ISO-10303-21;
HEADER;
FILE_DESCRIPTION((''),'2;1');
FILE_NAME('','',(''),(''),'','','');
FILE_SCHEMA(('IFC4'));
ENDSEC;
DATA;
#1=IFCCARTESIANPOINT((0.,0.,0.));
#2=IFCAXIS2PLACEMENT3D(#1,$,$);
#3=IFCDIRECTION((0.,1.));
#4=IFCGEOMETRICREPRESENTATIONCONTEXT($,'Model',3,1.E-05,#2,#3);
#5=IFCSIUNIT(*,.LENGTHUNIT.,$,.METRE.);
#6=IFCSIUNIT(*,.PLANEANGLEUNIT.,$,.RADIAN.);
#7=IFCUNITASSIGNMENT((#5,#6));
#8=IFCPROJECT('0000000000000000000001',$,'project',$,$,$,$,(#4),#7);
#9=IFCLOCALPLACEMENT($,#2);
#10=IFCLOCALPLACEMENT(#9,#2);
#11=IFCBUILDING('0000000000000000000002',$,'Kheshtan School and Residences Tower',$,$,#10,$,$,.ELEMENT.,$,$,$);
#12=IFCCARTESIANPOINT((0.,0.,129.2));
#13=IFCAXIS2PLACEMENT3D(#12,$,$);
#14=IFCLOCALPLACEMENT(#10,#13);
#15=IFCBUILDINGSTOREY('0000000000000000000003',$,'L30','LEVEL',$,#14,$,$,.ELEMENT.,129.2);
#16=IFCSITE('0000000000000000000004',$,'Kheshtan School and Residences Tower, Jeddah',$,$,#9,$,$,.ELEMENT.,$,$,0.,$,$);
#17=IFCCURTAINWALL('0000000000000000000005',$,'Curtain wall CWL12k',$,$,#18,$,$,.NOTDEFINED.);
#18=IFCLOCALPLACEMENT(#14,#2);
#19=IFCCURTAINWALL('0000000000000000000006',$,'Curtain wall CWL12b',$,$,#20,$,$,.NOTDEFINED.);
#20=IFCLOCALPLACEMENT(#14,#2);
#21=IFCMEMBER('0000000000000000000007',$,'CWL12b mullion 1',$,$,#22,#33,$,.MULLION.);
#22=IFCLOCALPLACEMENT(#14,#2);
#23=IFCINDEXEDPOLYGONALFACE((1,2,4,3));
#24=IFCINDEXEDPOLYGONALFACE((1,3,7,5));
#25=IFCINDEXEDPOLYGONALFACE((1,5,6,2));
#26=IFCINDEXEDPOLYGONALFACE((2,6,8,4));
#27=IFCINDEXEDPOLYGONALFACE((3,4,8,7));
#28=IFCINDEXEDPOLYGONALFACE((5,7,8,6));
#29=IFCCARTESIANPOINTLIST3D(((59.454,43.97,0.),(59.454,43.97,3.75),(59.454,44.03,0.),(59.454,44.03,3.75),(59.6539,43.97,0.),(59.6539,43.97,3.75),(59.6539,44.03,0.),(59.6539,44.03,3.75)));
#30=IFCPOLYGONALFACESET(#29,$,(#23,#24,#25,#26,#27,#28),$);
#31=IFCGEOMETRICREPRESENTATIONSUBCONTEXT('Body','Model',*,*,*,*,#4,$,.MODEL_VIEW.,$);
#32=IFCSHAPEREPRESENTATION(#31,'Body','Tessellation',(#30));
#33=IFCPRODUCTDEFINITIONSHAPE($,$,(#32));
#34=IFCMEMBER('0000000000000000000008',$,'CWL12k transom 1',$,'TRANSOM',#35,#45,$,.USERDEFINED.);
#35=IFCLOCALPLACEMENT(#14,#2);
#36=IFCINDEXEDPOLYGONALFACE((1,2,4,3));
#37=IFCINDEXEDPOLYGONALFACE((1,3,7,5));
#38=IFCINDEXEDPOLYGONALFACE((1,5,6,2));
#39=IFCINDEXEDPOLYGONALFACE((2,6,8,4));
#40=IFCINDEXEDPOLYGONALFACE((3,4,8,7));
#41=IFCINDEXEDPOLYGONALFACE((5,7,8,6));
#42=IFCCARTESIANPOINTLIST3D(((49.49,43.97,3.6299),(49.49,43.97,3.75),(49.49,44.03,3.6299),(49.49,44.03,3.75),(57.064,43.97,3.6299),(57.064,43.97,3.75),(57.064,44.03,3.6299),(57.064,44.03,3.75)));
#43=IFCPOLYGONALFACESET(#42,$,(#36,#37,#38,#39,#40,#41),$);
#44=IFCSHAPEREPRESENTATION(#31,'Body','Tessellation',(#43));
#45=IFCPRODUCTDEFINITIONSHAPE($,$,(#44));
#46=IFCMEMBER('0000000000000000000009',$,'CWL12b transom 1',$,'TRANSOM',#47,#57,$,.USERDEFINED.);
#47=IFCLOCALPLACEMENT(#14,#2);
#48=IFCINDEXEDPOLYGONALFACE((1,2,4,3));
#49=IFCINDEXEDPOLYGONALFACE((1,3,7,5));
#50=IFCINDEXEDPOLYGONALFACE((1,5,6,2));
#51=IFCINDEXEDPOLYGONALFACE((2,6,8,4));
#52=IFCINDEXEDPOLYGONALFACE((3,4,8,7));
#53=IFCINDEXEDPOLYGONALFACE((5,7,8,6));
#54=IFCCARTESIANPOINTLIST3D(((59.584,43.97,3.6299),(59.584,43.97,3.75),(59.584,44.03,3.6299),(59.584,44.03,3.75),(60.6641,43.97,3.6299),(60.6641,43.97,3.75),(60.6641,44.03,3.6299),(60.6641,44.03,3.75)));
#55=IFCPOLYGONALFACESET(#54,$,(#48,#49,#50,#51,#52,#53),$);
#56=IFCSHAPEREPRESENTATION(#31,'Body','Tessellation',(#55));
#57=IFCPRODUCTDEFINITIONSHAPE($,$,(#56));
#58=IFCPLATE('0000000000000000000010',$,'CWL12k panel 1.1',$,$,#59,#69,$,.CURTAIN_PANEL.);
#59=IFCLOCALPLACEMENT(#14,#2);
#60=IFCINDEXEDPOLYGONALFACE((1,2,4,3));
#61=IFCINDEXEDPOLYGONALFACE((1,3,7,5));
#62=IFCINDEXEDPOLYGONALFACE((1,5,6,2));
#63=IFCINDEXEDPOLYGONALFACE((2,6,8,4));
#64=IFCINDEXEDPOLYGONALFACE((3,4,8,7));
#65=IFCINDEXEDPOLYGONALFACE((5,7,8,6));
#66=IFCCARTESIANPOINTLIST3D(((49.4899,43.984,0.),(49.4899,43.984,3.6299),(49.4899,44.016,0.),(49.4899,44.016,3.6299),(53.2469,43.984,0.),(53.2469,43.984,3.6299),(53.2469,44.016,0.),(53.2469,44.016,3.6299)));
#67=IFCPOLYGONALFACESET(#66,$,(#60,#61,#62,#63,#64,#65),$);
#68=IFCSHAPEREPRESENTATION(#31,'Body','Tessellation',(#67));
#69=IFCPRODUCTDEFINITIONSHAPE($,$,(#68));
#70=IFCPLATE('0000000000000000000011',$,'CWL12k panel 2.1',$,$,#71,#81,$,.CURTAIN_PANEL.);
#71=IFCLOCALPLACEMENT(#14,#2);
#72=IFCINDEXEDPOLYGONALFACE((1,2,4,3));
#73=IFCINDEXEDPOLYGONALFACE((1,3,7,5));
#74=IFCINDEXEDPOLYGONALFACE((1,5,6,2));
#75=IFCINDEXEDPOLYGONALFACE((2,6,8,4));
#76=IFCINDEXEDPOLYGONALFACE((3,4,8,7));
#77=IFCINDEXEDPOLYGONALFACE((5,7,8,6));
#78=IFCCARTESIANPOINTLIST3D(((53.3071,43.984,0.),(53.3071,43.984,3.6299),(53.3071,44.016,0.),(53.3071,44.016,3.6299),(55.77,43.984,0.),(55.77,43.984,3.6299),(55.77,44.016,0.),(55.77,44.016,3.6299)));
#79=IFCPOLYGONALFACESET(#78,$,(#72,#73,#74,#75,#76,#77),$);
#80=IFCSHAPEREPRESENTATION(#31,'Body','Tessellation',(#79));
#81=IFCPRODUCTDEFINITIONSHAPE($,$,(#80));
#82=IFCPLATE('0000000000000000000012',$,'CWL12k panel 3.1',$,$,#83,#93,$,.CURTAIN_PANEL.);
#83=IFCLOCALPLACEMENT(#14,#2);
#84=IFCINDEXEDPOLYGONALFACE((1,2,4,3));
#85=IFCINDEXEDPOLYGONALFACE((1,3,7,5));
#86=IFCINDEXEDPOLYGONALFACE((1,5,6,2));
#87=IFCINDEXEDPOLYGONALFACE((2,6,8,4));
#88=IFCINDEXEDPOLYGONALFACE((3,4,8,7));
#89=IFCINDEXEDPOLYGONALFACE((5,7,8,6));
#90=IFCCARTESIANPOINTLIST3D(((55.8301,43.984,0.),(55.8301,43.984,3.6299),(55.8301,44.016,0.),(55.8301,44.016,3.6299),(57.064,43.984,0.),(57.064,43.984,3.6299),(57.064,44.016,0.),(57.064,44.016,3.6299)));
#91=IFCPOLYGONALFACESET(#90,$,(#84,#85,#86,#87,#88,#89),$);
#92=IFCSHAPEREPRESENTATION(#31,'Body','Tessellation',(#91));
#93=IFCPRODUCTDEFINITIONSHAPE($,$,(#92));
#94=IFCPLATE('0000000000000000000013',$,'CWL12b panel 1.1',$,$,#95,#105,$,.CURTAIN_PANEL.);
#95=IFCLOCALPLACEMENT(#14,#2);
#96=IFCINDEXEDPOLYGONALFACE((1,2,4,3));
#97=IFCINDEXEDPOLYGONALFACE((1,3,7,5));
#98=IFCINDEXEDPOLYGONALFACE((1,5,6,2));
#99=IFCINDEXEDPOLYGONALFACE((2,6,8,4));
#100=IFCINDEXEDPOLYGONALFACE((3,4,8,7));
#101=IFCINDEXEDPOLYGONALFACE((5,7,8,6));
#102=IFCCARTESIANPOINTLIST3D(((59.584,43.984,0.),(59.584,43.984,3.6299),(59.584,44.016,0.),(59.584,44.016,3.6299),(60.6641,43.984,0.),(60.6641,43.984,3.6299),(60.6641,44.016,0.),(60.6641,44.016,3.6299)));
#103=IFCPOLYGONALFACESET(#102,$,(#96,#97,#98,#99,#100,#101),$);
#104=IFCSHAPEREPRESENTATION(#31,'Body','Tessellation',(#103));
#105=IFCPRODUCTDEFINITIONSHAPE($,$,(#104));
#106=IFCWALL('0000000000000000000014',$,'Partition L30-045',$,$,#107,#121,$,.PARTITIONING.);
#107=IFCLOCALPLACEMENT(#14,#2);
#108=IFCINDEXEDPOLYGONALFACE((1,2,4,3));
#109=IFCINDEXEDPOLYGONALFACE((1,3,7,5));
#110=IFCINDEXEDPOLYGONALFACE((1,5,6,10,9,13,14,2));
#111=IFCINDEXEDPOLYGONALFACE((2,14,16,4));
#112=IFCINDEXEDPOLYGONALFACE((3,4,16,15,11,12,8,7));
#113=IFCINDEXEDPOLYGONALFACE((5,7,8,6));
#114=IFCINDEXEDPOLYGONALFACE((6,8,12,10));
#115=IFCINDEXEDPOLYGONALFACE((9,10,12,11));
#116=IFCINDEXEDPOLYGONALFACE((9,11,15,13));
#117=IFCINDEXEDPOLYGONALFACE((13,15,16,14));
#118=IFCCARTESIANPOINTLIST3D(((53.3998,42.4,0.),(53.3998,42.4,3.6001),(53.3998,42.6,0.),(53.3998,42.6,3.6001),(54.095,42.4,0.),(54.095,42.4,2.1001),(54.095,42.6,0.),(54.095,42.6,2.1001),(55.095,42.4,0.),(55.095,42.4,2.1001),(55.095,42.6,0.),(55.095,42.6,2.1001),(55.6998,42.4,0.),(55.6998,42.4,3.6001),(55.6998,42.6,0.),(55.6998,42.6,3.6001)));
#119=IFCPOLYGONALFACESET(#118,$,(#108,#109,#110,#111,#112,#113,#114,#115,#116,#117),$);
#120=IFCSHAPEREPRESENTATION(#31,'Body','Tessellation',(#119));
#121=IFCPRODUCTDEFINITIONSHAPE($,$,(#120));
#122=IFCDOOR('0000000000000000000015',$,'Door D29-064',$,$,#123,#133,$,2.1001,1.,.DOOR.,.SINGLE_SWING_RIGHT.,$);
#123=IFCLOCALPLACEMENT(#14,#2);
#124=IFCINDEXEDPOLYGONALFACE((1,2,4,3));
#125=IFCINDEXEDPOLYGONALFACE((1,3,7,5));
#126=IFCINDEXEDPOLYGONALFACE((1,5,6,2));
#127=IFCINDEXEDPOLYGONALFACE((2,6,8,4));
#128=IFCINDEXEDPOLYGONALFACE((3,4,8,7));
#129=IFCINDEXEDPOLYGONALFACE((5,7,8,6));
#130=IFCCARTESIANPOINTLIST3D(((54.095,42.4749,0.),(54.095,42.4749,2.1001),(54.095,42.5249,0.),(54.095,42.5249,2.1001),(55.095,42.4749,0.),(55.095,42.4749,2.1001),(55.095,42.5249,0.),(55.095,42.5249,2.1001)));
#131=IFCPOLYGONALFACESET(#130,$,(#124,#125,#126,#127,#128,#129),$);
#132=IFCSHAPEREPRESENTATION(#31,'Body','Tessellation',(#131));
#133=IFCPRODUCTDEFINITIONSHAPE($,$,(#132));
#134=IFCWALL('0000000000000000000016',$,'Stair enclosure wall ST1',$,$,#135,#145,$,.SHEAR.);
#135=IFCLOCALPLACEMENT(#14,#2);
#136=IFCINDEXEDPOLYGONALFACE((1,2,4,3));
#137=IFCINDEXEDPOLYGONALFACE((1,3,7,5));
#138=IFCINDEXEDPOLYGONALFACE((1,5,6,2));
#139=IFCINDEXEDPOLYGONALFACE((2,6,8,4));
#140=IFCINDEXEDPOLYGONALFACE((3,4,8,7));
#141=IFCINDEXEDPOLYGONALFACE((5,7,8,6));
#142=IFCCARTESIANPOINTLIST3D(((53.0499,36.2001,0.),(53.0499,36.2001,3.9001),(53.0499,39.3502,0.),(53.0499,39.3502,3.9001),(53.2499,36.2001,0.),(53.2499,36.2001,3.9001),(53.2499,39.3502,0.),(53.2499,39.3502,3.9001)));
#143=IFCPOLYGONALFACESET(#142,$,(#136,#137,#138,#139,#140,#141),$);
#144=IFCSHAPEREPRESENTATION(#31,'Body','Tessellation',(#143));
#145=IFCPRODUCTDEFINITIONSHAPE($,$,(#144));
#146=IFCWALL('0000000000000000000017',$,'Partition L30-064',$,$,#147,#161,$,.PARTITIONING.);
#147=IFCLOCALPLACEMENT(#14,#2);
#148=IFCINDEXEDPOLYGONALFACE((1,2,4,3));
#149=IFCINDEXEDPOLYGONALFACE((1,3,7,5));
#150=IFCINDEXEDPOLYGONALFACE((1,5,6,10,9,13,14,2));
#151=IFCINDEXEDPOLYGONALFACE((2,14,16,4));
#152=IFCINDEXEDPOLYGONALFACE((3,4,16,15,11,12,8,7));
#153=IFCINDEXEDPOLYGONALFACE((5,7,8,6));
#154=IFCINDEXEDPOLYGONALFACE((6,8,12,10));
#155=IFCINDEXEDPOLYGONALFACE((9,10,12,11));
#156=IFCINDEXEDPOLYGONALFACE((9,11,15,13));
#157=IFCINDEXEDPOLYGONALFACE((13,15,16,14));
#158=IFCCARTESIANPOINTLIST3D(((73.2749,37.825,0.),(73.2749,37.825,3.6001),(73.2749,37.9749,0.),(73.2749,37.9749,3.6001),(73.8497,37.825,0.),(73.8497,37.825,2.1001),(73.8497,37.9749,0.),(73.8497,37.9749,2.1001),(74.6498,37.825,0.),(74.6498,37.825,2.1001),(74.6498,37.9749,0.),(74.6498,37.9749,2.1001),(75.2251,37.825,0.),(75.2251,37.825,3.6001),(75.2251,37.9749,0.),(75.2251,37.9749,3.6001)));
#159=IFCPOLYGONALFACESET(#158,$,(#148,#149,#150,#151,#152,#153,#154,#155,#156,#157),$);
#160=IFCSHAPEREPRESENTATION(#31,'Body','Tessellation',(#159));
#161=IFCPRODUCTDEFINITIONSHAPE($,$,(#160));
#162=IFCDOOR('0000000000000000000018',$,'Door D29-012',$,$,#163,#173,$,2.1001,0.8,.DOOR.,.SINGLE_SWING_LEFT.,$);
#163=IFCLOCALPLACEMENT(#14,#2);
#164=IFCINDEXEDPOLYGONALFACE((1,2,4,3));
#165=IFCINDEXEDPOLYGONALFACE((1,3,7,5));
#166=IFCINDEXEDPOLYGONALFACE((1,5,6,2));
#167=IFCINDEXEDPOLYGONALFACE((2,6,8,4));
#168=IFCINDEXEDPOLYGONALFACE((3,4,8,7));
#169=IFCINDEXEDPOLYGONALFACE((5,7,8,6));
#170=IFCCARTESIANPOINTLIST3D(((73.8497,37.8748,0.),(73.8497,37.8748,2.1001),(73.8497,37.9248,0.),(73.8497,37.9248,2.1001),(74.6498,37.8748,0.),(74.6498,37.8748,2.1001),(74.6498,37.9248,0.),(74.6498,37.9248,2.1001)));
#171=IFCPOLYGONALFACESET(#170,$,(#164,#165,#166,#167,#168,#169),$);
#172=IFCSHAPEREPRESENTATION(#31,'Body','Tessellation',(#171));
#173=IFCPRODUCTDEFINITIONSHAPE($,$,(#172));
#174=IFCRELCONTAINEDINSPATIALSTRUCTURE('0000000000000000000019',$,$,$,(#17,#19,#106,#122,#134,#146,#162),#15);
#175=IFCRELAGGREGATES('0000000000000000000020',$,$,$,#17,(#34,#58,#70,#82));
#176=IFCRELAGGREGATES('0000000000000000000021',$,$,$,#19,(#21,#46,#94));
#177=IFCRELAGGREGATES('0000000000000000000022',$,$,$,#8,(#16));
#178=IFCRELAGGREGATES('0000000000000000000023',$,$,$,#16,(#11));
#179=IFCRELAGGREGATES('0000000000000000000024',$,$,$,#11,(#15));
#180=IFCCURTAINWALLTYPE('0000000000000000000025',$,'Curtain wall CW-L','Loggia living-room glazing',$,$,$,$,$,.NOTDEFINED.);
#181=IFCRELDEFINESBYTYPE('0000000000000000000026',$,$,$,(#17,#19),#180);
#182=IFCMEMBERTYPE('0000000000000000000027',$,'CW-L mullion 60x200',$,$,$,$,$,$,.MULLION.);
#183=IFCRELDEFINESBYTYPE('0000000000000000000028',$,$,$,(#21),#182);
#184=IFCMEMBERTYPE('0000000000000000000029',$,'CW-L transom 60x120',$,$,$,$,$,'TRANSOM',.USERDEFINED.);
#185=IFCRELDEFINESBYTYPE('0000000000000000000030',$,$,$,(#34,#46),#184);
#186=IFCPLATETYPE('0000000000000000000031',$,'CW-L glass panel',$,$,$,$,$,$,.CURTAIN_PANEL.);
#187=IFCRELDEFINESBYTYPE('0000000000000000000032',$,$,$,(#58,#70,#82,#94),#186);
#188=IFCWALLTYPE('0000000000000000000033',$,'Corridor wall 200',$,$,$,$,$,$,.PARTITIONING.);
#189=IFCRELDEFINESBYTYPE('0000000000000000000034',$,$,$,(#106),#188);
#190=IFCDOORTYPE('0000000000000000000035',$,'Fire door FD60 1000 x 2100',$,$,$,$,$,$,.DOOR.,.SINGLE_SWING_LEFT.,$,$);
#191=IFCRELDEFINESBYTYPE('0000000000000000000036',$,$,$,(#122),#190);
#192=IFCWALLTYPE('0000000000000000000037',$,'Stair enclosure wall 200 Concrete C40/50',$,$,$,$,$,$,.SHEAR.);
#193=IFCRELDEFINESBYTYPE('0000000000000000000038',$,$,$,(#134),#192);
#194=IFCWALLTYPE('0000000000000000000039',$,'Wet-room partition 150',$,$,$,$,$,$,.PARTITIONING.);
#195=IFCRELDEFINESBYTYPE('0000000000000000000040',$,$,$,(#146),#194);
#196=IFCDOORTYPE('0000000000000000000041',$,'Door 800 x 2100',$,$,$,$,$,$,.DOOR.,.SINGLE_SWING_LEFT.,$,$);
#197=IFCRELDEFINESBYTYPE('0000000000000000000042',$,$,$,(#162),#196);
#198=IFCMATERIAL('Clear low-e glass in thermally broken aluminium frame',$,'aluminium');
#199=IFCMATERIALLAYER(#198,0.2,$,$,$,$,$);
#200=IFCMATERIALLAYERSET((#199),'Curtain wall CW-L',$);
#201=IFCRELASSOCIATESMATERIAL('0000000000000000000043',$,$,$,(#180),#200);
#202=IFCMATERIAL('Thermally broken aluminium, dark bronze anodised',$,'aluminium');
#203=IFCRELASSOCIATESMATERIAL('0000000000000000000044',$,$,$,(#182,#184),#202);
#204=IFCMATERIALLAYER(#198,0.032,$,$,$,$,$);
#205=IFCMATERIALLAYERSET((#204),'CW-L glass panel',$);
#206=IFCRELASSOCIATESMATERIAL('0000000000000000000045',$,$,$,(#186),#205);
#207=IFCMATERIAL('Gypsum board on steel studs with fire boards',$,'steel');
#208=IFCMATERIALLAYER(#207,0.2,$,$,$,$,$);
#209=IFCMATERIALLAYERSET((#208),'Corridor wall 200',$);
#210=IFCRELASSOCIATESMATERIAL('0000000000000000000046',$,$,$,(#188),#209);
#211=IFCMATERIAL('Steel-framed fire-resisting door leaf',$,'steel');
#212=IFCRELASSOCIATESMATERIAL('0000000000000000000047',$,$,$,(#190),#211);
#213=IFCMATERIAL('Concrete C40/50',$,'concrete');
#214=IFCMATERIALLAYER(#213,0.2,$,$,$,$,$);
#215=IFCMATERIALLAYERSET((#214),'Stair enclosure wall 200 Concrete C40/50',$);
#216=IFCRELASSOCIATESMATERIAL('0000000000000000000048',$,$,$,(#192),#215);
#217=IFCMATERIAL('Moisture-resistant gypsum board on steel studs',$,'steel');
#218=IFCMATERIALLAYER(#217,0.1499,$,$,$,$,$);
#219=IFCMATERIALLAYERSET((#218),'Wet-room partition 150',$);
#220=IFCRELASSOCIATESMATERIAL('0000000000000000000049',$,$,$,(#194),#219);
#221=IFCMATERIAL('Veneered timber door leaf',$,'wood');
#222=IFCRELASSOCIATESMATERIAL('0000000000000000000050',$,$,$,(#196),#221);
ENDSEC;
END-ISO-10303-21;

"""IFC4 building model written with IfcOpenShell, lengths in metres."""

from ifc_helpers import new_model, si_unit, direction, frame, frame_2d, origin, origin_2d, place, context, subcontext, project, spatial, rectangle, extrude, source, transform, mapped, material, layer, layer_set, material_profile, profile_set, type_object, element, fill, aggregate, save


model = new_model("IFC4")

# Units and contexts
model_context = context("Model", 3, precision=1e-05, world=origin(), true_north=direction((0.0, 1.0)))
body_context = subcontext(model_context, "Body", "Model", "MODEL_VIEW")
ifc_project = project(units=[si_unit("LENGTHUNIT", "METRE"), si_unit("PLANEANGLEUNIT", "RADIAN")], contexts=[model_context])

# Site, building, storey
site_placement = place(None, origin())
site = spatial("IfcSite", under=ifc_project, at=site_placement, Name="Kheshtan School and Residences Tower, Jeddah", CompositionType="ELEMENT", RefElevation=0.0)
building_placement = place(site_placement, origin())
building = spatial("IfcBuilding", under=site, at=building_placement, Name="Kheshtan School and Residences Tower", CompositionType="ELEMENT")
storey_placement = place(building_placement, frame((0.0, 0.0, 129.2)))
storey = spatial("IfcBuildingStorey", under=building, at=storey_placement, Name="L30", Description="LEVEL", CompositionType="ELEMENT", Elevation=129.2)

# Curtain wall
ifc_material_1 = material(Name="Clear low-e glass in thermally broken aluminium frame", Category="aluminium")
ifc_layer_1 = layer(ifc_material_1, 0.2)
ifc_layer_set_1 = layer_set([ifc_layer_1], Name="Curtain wall CW-L")
curtain_wall_type = type_object("IfcCurtainWallType", Name="Curtain wall CW-L", Description="Loggia living-room glazing", PredefinedType="NOTDEFINED", material=ifc_layer_set_1)
curtain_wall_1_placement = place(storey_placement, origin())
curtain_wall_1 = element("IfcCurtainWall", 1, at=curtain_wall_1_placement, inside=storey, type_object=curtain_wall_type, Name="Curtain wall CWL12k", PredefinedType="NOTDEFINED")
ifc_material_2 = material(Name="Thermally broken aluminium, dark bronze anodised", Category="aluminium")
ifc_material_profile_1 = material_profile(ifc_material_2, rectangle(XDim=0.0601, YDim=0.2, at=origin_2d()), Name="CW-L mullion 60x200")
ifc_profile_set_1 = profile_set([ifc_material_profile_1], Name="Thermally broken aluminium, dark bronze anodised")
member_type_1 = type_object("IfcMemberType", Name="CW-L mullion 60x200", PredefinedType="MULLION", material=ifc_profile_set_1)

# Curtain wall, member
curtain_wall_2_placement = place(storey_placement, origin())
curtain_wall_2 = element("IfcCurtainWall", 2, at=curtain_wall_2_placement, inside=storey, type_object=curtain_wall_type, Name="Curtain wall CWL12b", PredefinedType="NOTDEFINED")
member_1_placement = place(storey_placement, frame((59.554, 44.0, 0.0), z_axis=(0.0, 0.0, 1.0), x_axis=(0.0, 1.0, 0.0)))
member_1 = element("IfcMember", 3, at=member_1_placement, type_object=member_type_1, Name="CWL12b mullion 1", PredefinedType="MULLION", context=body_context, shape_type="SweptSolid", body=[
    extrude(rectangle(XDim=0.0601, YDim=0.2, at=origin_2d()), origin(), (0.0, 0.0, 1.0), 3.75),
])

# Members
ifc_material_profile_2 = material_profile(ifc_material_2, rectangle(XDim=0.0601, YDim=0.1201, at=origin_2d()), Name="CW-L transom 60x120")
ifc_profile_set_2 = profile_set([ifc_material_profile_2], Name="Thermally broken aluminium, dark bronze anodised")
member_type_2 = type_object("IfcMemberType", Name="CW-L transom 60x120", ElementType="TRANSOM", PredefinedType="USERDEFINED", material=ifc_profile_set_2)
member_2_placement = place(storey_placement, frame((49.49, 44.0, 3.6899), z_axis=(1.0, 0.0, 0.0), x_axis=(0.0, 1.0, 0.0)))
member_2 = element("IfcMember", 4, at=member_2_placement, type_object=member_type_2, Name="CWL12k transom 1", ObjectType="TRANSOM", PredefinedType="USERDEFINED", context=body_context, shape_type="SweptSolid", body=[
    extrude(rectangle(XDim=0.0601, YDim=0.1201, at=origin_2d()), origin(), (0.0, 0.0, 1.0), 7.574),
])
member_3_placement = place(storey_placement, frame((59.584, 44.0, 3.6899), z_axis=(1.0, 0.0, 0.0), x_axis=(0.0, 1.0, 0.0)))
member_3 = element("IfcMember", 5, at=member_3_placement, type_object=member_type_2, Name="CWL12b transom 1", ObjectType="TRANSOM", PredefinedType="USERDEFINED", context=body_context, shape_type="SweptSolid", body=[
    extrude(rectangle(XDim=0.0601, YDim=0.1201, at=origin_2d()), origin(), (0.0, 0.0, 1.0), 1.0801),
])

# Plates
ifc_layer_2 = layer(ifc_material_1, 0.032)
ifc_layer_set_2 = layer_set([ifc_layer_2], Name="CW-L glass panel")
plate_type = type_object("IfcPlateType", Name="CW-L glass panel", PredefinedType="CURTAIN_PANEL", material=ifc_layer_set_2)
plate_1_placement = place(storey_placement, frame((51.3684, 44.0, 0.0), z_axis=(0.0, 0.0, 1.0), x_axis=(1.0, 0.0, 0.0)))
plate_1 = element("IfcPlate", 6, at=plate_1_placement, type_object=plate_type, Name="CWL12k panel 1.1", PredefinedType="CURTAIN_PANEL", context=body_context, shape_type="SweptSolid", body=[
    extrude(rectangle(XDim=3.7571, YDim=0.032, at=origin_2d()), origin(), (0.0, 0.0, 1.0), 3.6299),
])
plate_2_placement = place(storey_placement, frame((54.5386, 44.0, 0.0), z_axis=(0.0, 0.0, 1.0), x_axis=(1.0, 0.0, 0.0)))
plate_2 = element("IfcPlate", 7, at=plate_2_placement, type_object=plate_type, Name="CWL12k panel 2.1", PredefinedType="CURTAIN_PANEL", context=body_context, shape_type="SweptSolid", body=[
    extrude(rectangle(XDim=2.4629, YDim=0.032, at=origin_2d()), origin(), (0.0, 0.0, 1.0), 3.6299),
])
plate_3_placement = place(storey_placement, frame((56.447, 44.0, 0.0), z_axis=(0.0, 0.0, 1.0), x_axis=(1.0, 0.0, 0.0)))
plate_3 = element("IfcPlate", 8, at=plate_3_placement, type_object=plate_type, Name="CWL12k panel 3.1", PredefinedType="CURTAIN_PANEL", context=body_context, shape_type="SweptSolid", body=[
    extrude(rectangle(XDim=1.2339, YDim=0.032, at=origin_2d()), origin(), (0.0, 0.0, 1.0), 3.6299),
])
aggregate(curtain_wall_1, [member_2, plate_1, plate_2, plate_3])
plate_4_placement = place(storey_placement, frame((60.124, 44.0, 0.0), z_axis=(0.0, 0.0, 1.0), x_axis=(1.0, 0.0, 0.0)))
plate_4 = element("IfcPlate", 9, at=plate_4_placement, type_object=plate_type, Name="CWL12b panel 1.1", PredefinedType="CURTAIN_PANEL", context=body_context, shape_type="SweptSolid", body=[
    extrude(rectangle(XDim=1.0801, YDim=0.032, at=origin_2d()), origin(), (0.0, 0.0, 1.0), 3.6299),
])
aggregate(curtain_wall_2, [member_1, member_3, plate_4])

# Wall, opening, door
ifc_material_3 = material(Name="Gypsum board on steel studs with fire boards", Category="steel")
ifc_layer_3 = layer(ifc_material_3, 0.2)
ifc_layer_set_3 = layer_set([ifc_layer_3], Name="Corridor wall 200")
wall_type_1 = type_object("IfcWallType", Name="Corridor wall 200", PredefinedType="PARTITIONING", material=ifc_layer_set_3)
wall_1_placement = place(storey_placement, frame((53.3999, 42.5, 0.0), z_axis=(0.0, 0.0, 1.0), x_axis=(1.0, 0.0, 0.0)))
wall_1 = element("IfcWall", 10, at=wall_1_placement, inside=storey, type_object=wall_type_1, Name="Partition L30-045", PredefinedType="PARTITIONING", context=body_context, shape_type="SweptSolid", body=[
    extrude(rectangle(XDim=2.3, YDim=0.2, at=frame_2d((1.1499, 0.0))), origin(), (0.0, 0.0, 1.0), 3.6001),
])
opening_1_placement = place(wall_1_placement, frame((0.6951, 0.0, 0.0)))
opening_1 = element("IfcOpeningElement", 11, at=opening_1_placement, cuts=wall_1, PredefinedType="OPENING", context=body_context, shape_type="SweptSolid", body=[
    extrude(rectangle(XDim=1.0, YDim=2.1001, at=frame_2d((0.5, 1.05))), frame((0.0, 0.1099, 0.0), z_axis=(0.0, -1.0, 0.0), x_axis=(1.0, 0.0, 0.0)), (0.0, 0.0, 1.0), 0.22),
])
ifc_material_4 = material(Name="Steel-framed fire-resisting door leaf", Category="steel")
door_type_1 = type_object("IfcDoorType", Name="Fire door FD60 1000 x 2100", OperationType="SINGLE_SWING_LEFT", PredefinedType="DOOR", material=ifc_material_4)
shared_shape_1 = source(origin(), body_context, "Body", "SweptSolid", [
    extrude(rectangle(XDim=1.0, YDim=2.1001, at=frame_2d((0.5, 1.05))), frame((0.0, 0.0249, 0.0), z_axis=(0.0, -1.0, 0.0), x_axis=(1.0, 0.0, 0.0)), (0.0, 0.0, 1.0), 0.05),
])
door_1_placement = place(opening_1_placement, origin())
door_1 = element("IfcDoor", 12, at=door_1_placement, inside=storey, type_object=door_type_1, Name="Door D29-064", OperationType="SINGLE_SWING_RIGHT", OverallHeight=2.1001, OverallWidth=1.0, PredefinedType="DOOR", context=body_context, shape_type="MappedRepresentation", body=[
    mapped(shared_shape_1, transform((0.0, 0.0, 0.0), x_axis=(1.0, 0.0, 0.0), y_axis=(0.0, 1.0, 0.0), z_axis=(0.0, 0.0, 1.0), scale=1.0)),
])
fill(opening_1, door_1)

# Wall
ifc_material_5 = material(Name="Concrete C40/50", Category="concrete")
ifc_layer_4 = layer(ifc_material_5, 0.2)
ifc_layer_set_4 = layer_set([ifc_layer_4], Name="Stair enclosure wall 200 Concrete C40/50")
wall_type_2 = type_object("IfcWallType", Name="Stair enclosure wall 200 Concrete C40/50", PredefinedType="SHEAR", material=ifc_layer_set_4)
wall_2_placement = place(storey_placement, frame((53.1499, 36.2, 0.0), z_axis=(0.0, 0.0, 1.0), x_axis=(0.0, 1.0, 0.0)))
element("IfcWall", 13, at=wall_2_placement, inside=storey, type_object=wall_type_2, Name="Stair enclosure wall ST1", PredefinedType="SHEAR", context=body_context, shape_type="SweptSolid", body=[
    extrude(rectangle(XDim=3.1501, YDim=0.2, at=frame_2d((1.5752, 0.0))), origin(), (0.0, 0.0, 1.0), 3.9001),
])

# Wall, opening, door
ifc_material_6 = material(Name="Moisture-resistant gypsum board on steel studs", Category="steel")
ifc_layer_5 = layer(ifc_material_6, 0.1499)
ifc_layer_set_5 = layer_set([ifc_layer_5], Name="Wet-room partition 150")
wall_type_3 = type_object("IfcWallType", Name="Wet-room partition 150", PredefinedType="PARTITIONING", material=ifc_layer_set_5)
wall_3_placement = place(storey_placement, frame((73.2749, 37.8999, 0.0), z_axis=(0.0, 0.0, 1.0), x_axis=(1.0, 0.0, 0.0)))
wall_3 = element("IfcWall", 14, at=wall_3_placement, inside=storey, type_object=wall_type_3, Name="Partition L30-064", PredefinedType="PARTITIONING", context=body_context, shape_type="SweptSolid", body=[
    extrude(rectangle(XDim=1.9502, YDim=0.1499, at=frame_2d((0.9751, 0.0))), origin(), (0.0, 0.0, 1.0), 3.6001),
])
opening_2_placement = place(wall_3_placement, frame((0.575, 0.0, 0.0)))
opening_2 = element("IfcOpeningElement", 15, at=opening_2_placement, cuts=wall_3, PredefinedType="OPENING", context=body_context, shape_type="SweptSolid", body=[
    extrude(rectangle(XDim=0.8, YDim=2.1001, at=frame_2d((0.3999, 1.05))), frame((0.0, 0.085, 0.0), z_axis=(0.0, -1.0, 0.0), x_axis=(1.0, 0.0, 0.0)), (0.0, 0.0, 1.0), 0.1699),
])
ifc_material_7 = material(Name="Veneered timber door leaf", Category="wood")
door_type_2 = type_object("IfcDoorType", Name="Door 800 x 2100", OperationType="SINGLE_SWING_LEFT", PredefinedType="DOOR", material=ifc_material_7)
shared_shape_2 = source(origin(), body_context, "Body", "SweptSolid", [
    extrude(rectangle(XDim=0.8, YDim=2.1001, at=frame_2d((0.3999, 1.05))), frame((0.0, 0.0249, 0.0), z_axis=(0.0, -1.0, 0.0), x_axis=(1.0, 0.0, 0.0)), (0.0, 0.0, 1.0), 0.05),
])
door_2_placement = place(opening_2_placement, origin())
door_2 = element("IfcDoor", 16, at=door_2_placement, inside=storey, type_object=door_type_2, Name="Door D29-012", OperationType="SINGLE_SWING_LEFT", OverallHeight=2.1001, OverallWidth=0.8, PredefinedType="DOOR", context=body_context, shape_type="MappedRepresentation", body=[
    mapped(shared_shape_2, transform((0.0, 0.0, 0.0), x_axis=(1.0, 0.0, 0.0), y_axis=(0.0, 1.0, 0.0), z_axis=(0.0, 0.0, 1.0), scale=1.0)),
])
fill(opening_2, door_2)

save(model, "model.ifc")
